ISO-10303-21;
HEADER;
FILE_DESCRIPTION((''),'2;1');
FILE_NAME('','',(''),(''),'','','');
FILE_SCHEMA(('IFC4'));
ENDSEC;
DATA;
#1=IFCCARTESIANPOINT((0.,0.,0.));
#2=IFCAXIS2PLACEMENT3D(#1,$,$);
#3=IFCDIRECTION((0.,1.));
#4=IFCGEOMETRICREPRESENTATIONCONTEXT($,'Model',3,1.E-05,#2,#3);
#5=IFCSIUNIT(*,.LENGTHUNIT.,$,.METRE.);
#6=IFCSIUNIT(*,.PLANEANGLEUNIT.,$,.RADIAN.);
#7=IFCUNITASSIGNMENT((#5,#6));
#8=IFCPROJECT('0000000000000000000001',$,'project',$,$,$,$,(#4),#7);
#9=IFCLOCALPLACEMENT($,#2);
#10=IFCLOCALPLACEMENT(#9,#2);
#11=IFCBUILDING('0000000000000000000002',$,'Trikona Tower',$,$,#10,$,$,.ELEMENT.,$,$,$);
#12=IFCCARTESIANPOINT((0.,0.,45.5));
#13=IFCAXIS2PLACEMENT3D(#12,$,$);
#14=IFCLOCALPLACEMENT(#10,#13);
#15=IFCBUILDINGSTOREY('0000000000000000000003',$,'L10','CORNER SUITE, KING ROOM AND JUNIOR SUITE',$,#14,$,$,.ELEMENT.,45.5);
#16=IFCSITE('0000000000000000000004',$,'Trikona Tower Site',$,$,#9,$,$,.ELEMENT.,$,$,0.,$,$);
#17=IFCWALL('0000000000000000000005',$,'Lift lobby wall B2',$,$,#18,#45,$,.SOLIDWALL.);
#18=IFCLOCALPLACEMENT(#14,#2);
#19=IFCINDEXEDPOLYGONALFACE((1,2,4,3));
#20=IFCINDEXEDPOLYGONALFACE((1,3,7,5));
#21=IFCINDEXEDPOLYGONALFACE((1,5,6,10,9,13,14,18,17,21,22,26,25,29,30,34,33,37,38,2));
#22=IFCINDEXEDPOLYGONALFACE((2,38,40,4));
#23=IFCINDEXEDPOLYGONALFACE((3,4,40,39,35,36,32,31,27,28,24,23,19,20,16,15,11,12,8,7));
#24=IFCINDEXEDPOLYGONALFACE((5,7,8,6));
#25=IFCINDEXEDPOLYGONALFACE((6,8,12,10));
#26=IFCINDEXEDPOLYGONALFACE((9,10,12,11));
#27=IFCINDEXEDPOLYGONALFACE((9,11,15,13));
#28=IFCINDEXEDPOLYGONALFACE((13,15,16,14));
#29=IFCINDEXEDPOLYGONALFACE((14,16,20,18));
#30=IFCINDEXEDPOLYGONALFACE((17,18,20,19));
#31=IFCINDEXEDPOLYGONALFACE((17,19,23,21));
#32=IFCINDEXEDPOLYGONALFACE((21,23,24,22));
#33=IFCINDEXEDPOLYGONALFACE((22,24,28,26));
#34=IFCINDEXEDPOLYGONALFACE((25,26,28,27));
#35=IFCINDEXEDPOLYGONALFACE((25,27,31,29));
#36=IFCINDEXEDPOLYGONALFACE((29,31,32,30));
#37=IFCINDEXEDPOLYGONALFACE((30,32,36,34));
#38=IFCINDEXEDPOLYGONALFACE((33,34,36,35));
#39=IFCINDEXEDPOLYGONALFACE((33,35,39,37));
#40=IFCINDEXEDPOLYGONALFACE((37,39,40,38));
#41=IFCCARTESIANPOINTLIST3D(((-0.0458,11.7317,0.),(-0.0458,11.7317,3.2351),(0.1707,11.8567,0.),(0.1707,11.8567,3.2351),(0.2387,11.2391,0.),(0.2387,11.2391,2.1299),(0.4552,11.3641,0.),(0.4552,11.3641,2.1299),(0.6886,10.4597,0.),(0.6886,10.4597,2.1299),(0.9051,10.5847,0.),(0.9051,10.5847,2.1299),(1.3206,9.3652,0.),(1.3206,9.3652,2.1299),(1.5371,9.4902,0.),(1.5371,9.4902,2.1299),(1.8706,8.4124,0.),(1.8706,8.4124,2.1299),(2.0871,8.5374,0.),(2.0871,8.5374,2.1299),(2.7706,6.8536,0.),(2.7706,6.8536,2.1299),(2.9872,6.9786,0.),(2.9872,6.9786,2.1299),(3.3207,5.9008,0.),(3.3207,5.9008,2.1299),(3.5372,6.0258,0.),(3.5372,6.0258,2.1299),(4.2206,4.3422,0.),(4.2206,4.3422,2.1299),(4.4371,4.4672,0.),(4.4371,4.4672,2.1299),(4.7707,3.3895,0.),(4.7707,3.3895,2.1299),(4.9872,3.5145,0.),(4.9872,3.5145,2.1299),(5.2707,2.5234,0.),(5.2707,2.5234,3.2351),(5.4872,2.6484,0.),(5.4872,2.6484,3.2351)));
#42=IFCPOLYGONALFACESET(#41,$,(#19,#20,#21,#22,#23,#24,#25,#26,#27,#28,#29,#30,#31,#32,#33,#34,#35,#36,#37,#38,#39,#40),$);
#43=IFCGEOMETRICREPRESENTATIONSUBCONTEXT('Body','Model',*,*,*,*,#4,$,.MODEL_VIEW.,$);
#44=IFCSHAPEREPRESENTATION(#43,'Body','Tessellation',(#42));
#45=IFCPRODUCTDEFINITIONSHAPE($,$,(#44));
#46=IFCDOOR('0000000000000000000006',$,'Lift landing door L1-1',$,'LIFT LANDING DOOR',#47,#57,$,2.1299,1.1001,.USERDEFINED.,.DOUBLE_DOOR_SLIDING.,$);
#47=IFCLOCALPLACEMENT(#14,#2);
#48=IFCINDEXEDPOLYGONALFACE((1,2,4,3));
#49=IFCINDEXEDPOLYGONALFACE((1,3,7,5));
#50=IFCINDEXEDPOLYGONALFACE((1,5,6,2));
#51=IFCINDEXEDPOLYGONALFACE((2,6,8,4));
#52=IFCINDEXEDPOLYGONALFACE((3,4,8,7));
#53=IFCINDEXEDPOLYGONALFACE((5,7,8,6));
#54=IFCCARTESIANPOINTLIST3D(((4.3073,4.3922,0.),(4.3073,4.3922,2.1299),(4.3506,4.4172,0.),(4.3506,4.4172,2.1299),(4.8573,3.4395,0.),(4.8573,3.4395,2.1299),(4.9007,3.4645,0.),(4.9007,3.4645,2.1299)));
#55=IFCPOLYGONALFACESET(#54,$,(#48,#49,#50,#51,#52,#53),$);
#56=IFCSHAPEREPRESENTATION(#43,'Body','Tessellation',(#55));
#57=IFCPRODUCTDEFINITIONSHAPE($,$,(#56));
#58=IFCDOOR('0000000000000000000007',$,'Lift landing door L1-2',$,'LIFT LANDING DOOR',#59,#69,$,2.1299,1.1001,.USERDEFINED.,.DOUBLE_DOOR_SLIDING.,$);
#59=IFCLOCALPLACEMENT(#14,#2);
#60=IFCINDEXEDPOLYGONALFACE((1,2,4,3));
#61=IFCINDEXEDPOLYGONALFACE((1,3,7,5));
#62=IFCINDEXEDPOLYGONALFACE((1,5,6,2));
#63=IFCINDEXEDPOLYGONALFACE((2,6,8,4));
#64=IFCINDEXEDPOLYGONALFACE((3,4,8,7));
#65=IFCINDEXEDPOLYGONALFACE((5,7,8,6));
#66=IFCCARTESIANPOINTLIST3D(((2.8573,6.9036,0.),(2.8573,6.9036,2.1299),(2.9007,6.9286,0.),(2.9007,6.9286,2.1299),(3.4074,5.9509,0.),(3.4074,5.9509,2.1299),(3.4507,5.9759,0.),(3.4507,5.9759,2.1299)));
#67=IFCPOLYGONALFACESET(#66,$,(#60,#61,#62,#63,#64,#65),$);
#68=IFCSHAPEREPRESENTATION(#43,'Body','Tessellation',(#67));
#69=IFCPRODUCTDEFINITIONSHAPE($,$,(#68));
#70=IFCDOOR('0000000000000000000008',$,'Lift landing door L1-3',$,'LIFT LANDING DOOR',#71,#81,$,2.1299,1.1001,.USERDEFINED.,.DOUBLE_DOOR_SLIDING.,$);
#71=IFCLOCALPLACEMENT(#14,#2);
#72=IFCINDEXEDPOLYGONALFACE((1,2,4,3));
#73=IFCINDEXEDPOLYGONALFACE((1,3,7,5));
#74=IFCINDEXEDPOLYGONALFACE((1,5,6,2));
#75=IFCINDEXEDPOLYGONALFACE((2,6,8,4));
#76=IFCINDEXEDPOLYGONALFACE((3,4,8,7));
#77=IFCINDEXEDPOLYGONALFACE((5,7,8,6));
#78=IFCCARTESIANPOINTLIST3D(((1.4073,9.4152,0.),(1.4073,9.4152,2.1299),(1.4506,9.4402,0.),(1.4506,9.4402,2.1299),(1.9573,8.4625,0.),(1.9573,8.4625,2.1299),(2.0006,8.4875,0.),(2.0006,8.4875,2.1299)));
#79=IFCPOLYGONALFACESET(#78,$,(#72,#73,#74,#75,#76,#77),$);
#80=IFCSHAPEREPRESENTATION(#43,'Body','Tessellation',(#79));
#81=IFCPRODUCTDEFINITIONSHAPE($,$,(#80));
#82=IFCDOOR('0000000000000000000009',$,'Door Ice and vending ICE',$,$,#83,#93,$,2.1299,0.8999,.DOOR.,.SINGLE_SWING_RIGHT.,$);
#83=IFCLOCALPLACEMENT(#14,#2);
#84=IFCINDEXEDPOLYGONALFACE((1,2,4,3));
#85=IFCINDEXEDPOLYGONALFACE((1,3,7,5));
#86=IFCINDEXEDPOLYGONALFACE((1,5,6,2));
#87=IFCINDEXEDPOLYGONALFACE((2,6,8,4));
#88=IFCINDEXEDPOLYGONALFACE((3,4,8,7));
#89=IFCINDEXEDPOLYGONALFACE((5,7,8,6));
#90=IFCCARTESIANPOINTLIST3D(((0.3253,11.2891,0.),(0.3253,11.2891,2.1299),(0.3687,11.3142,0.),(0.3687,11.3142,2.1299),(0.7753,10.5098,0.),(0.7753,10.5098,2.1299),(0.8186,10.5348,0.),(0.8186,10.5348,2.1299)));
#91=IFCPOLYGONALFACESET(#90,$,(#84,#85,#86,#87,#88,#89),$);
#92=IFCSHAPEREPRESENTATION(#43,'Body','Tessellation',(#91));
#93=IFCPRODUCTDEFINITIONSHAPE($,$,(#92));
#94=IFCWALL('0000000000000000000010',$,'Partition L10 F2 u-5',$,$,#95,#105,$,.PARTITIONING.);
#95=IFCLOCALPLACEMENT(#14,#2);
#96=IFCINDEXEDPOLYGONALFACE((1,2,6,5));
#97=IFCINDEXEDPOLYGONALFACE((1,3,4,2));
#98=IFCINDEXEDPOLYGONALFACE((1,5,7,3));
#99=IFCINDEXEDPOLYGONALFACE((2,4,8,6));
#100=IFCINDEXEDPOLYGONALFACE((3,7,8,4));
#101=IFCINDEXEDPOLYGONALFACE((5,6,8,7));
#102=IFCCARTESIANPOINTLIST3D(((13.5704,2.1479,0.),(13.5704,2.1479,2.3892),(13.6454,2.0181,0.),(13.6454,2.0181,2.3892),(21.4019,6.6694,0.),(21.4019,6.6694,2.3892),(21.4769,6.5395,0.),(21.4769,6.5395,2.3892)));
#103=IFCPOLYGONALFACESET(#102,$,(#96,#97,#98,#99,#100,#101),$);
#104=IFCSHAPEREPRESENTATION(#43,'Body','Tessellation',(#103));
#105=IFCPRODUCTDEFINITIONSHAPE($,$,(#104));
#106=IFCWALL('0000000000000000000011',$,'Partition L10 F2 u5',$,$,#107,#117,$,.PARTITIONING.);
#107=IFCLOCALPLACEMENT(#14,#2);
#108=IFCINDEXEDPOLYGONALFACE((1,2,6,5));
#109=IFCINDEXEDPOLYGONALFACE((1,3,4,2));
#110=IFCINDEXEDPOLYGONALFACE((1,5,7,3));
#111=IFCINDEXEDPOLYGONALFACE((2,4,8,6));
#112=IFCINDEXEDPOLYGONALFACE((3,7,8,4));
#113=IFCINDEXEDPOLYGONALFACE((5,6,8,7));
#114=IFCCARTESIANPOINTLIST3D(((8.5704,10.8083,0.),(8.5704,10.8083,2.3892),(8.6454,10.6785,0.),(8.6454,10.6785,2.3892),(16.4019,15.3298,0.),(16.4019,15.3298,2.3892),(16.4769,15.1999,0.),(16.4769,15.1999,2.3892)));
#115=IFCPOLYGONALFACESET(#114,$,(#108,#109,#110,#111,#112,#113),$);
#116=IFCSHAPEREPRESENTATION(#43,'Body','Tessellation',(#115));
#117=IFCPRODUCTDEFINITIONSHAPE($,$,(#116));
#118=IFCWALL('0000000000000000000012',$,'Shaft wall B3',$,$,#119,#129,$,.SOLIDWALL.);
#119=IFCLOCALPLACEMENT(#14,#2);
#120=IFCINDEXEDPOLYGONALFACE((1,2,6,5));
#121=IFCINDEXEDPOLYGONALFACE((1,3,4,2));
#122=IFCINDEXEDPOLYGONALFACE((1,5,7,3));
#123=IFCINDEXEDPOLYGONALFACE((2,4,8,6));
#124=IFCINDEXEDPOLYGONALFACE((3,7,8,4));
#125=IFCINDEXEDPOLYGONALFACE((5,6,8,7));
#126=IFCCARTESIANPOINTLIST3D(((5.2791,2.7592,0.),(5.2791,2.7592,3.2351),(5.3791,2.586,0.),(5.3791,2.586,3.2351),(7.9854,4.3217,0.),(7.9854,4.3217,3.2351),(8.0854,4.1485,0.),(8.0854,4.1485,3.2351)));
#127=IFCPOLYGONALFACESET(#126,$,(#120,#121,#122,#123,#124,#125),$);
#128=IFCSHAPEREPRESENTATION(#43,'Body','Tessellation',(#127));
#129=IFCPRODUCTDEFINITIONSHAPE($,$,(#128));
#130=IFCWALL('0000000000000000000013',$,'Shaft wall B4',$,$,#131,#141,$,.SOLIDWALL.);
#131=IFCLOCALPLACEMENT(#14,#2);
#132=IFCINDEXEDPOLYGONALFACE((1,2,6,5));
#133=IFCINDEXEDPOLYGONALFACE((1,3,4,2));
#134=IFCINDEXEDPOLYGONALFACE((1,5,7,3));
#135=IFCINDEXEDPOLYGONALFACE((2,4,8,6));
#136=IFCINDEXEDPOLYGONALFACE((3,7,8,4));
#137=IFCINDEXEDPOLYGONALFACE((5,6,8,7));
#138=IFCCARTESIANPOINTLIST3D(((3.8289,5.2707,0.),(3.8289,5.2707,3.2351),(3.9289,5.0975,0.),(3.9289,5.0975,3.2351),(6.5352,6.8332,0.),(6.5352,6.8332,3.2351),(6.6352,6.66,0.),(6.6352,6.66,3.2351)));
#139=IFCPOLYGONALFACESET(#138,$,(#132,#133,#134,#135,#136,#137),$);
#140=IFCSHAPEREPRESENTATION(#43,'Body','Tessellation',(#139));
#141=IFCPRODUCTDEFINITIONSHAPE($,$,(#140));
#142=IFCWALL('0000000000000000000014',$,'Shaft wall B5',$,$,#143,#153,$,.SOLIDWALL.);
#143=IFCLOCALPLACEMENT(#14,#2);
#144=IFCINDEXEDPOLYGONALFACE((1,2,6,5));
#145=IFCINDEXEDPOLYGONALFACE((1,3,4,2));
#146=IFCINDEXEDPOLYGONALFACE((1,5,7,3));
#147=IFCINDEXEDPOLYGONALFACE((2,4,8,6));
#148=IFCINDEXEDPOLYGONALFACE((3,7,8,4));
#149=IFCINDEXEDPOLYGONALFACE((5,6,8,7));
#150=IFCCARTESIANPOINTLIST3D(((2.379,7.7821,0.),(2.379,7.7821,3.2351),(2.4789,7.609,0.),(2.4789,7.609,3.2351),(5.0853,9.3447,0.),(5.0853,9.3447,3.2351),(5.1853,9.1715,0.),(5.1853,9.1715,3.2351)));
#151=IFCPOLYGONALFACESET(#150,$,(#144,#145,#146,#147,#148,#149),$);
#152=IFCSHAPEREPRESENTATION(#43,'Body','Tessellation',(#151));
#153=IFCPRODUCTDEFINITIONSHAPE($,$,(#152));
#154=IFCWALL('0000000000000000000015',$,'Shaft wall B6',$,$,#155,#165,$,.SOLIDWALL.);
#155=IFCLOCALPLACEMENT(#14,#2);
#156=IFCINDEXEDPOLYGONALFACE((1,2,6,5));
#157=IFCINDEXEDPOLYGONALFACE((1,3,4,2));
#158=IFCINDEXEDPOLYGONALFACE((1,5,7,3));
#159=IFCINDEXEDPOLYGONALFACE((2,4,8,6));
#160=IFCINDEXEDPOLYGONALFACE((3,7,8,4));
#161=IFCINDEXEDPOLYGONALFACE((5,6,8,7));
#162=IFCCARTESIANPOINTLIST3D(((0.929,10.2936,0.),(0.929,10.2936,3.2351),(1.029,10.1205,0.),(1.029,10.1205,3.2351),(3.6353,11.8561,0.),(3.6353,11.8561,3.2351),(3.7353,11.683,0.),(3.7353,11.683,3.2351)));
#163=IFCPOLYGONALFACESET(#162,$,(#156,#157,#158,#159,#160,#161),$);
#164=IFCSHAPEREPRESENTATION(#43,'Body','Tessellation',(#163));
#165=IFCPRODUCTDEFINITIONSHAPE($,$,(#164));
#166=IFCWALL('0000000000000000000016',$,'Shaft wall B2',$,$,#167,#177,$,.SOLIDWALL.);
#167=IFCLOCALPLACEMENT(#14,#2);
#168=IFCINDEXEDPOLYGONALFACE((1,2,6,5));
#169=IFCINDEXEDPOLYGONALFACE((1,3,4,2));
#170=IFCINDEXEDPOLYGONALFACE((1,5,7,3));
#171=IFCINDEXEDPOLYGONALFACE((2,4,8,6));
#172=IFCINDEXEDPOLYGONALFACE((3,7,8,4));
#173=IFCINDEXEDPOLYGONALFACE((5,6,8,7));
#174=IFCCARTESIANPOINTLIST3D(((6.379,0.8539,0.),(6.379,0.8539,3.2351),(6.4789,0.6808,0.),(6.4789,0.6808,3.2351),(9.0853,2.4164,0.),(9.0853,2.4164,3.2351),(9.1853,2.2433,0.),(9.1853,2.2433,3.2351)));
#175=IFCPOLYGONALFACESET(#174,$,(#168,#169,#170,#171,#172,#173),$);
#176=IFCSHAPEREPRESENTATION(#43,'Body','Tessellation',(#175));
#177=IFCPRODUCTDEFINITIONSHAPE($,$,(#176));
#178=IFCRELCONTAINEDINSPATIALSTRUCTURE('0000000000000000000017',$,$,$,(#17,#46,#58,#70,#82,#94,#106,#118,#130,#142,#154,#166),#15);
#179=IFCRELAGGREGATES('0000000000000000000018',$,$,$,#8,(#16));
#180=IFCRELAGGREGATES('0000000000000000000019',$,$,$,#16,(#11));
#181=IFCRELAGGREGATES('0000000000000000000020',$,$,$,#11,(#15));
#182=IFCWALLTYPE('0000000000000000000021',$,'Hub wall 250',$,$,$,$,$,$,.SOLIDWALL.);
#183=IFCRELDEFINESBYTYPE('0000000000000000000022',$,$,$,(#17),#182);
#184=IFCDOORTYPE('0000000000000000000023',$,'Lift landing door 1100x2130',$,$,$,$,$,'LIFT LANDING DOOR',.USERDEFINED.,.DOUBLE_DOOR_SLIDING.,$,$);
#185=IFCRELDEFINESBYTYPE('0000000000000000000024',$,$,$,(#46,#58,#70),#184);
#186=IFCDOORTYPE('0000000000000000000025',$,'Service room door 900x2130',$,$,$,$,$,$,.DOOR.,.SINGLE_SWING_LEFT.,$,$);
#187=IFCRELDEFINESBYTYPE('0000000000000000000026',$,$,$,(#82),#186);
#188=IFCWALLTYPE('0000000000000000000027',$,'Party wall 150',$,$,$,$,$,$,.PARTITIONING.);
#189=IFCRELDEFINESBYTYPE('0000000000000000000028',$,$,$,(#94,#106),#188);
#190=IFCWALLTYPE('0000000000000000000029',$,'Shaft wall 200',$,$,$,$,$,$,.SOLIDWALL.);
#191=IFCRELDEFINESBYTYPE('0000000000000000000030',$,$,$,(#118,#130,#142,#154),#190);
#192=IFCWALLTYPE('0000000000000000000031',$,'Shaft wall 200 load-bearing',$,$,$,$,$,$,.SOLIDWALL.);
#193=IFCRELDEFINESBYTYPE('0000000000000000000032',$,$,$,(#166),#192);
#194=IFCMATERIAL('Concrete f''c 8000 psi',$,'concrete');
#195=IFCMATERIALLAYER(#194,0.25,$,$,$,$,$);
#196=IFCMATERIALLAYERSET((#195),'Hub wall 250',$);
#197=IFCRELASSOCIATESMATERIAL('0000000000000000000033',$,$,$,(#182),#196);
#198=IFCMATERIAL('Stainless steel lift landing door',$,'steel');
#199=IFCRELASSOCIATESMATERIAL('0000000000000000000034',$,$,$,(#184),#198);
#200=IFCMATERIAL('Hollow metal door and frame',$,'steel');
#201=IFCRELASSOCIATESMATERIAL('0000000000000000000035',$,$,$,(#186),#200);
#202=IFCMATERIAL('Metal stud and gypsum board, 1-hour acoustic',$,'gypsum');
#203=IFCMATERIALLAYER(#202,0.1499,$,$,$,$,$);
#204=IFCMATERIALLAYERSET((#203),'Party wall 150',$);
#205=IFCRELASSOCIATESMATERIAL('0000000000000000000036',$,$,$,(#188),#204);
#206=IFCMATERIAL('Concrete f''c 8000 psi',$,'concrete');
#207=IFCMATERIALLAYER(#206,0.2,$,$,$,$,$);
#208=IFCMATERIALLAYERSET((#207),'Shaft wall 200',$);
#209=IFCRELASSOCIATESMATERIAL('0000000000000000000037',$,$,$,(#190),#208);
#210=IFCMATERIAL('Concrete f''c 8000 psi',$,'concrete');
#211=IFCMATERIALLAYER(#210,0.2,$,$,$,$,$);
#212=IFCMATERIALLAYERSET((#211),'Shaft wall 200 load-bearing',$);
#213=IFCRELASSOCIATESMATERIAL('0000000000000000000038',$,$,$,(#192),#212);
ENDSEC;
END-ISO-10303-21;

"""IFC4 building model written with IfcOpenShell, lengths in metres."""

from ifc_helpers import new_model, si_unit, direction, frame, frame_2d, origin, place, context, subcontext, project, spatial, rectangle, extrude, material, layer, layer_set, type_object, element, fill, save


model = new_model("IFC4")

# Units and contexts
model_context = context("Model", 3, precision=1e-05, world=origin(), true_north=direction((0.0, 1.0)))
body_context = subcontext(model_context, "Body", "Model", "MODEL_VIEW")
ifc_project = project(units=[si_unit("LENGTHUNIT", "METRE"), si_unit("PLANEANGLEUNIT", "RADIAN")], contexts=[model_context])

# Site, building, storey
site_placement = place(None, origin())
site = spatial("IfcSite", under=ifc_project, at=site_placement, Name="Trikona Tower Site", CompositionType="ELEMENT", RefElevation=0.0)
building_placement = place(site_placement, origin())
building = spatial("IfcBuilding", under=site, at=building_placement, Name="Trikona Tower", CompositionType="ELEMENT")
storey_placement = place(building_placement, frame((0.0, 0.0, 45.5)))
storey = spatial("IfcBuildingStorey", under=building, at=storey_placement, Name="L10", Description="CORNER SUITE, KING ROOM AND JUNIOR SUITE", CompositionType="ELEMENT", Elevation=45.5)

# Wall, openings, doors
ifc_material_1 = material(Name="Concrete f'c 8000 psi", Category="concrete")
ifc_layer_1 = layer(ifc_material_1, 0.25)
ifc_layer_set_1 = layer_set([ifc_layer_1], Name="Hub wall 250")
wall_type_1 = type_object("IfcWallType", Name="Hub wall 250", PredefinedType="SOLIDWALL", material=ifc_layer_set_1)
wall_1_placement = place(storey_placement, frame((5.3789, 2.5859, 0.0), z_axis=(0.0, 0.0, 1.0), x_axis=(-0.500001, 0.866025, 0.0)))
wall_1 = element("IfcWall", 1, at=wall_1_placement, inside=storey, type_object=wall_type_1, Name="Lift lobby wall B2", PredefinedType="SOLIDWALL", context=body_context, shape_type="SweptSolid", body=[
    extrude(rectangle(XDim=10.6328, YDim=0.25, at=frame_2d((5.3164, 0.0))), origin(), (0.0, 0.0, 1.0), 3.2351),
])
opening_1_placement = place(wall_1_placement, frame((9.1641, 0.0, 0.0)))
opening_1 = element("IfcOpeningElement", 2, at=opening_1_placement, cuts=wall_1, PredefinedType="OPENING", context=body_context, shape_type="SweptSolid", body=[
    extrude(rectangle(XDim=0.8999, YDim=2.1299, at=frame_2d((0.45, 1.0649))), frame((0.0, 0.135, 0.0), z_axis=(0.0, -1.0, 0.0), x_axis=(1.0, 0.0, 0.0)), (0.0, 0.0, 1.0), 0.27),
])
opening_2_placement = place(wall_1_placement, frame((1.0, 0.0, 0.0)))
opening_2 = element("IfcOpeningElement", 3, at=opening_2_placement, cuts=wall_1, PredefinedType="OPENING", context=body_context, shape_type="SweptSolid", body=[
    extrude(rectangle(XDim=1.1001, YDim=2.1299, at=frame_2d((0.55, 1.0649))), frame((0.0, 0.135, 0.0), z_axis=(0.0, -1.0, 0.0), x_axis=(1.0, 0.0, 0.0)), (0.0, 0.0, 1.0), 0.27),
])
opening_3_placement = place(wall_1_placement, frame((3.8999, 0.0, 0.0)))
opening_3 = element("IfcOpeningElement", 4, at=opening_3_placement, cuts=wall_1, PredefinedType="OPENING", context=body_context, shape_type="SweptSolid", body=[
    extrude(rectangle(XDim=1.1001, YDim=2.1299, at=frame_2d((0.55, 1.0649))), frame((0.0, 0.135, 0.0), z_axis=(0.0, -1.0, 0.0), x_axis=(1.0, 0.0, 0.0)), (0.0, 0.0, 1.0), 0.27),
])
opening_4_placement = place(wall_1_placement, frame((6.8, 0.0, 0.0)))
opening_4 = element("IfcOpeningElement", 5, at=opening_4_placement, cuts=wall_1, PredefinedType="OPENING", context=body_context, shape_type="SweptSolid", body=[
    extrude(rectangle(XDim=1.1001, YDim=2.1299, at=frame_2d((0.55, 1.0649))), frame((0.0, 0.135, 0.0), z_axis=(0.0, -1.0, 0.0), x_axis=(1.0, 0.0, 0.0)), (0.0, 0.0, 1.0), 0.27),
])
ifc_material_2 = material(Name="Stainless steel lift landing door", Category="steel")
door_type_1 = type_object("IfcDoorType", Name="Lift landing door 1100x2130", ElementType="LIFT LANDING DOOR", OperationType="DOUBLE_DOOR_SLIDING", PredefinedType="USERDEFINED", material=ifc_material_2)
door_1_placement = place(opening_2_placement, origin())
door_1 = element("IfcDoor", 6, at=door_1_placement, inside=storey, type_object=door_type_1, Name="Lift landing door L1-1", ObjectType="LIFT LANDING DOOR", OperationType="DOUBLE_DOOR_SLIDING", OverallHeight=2.1299, OverallWidth=1.1001, PredefinedType="USERDEFINED", context=body_context, shape_type="SweptSolid", body=[
    extrude(rectangle(XDim=1.1001, YDim=2.1299, at=frame_2d((0.55, 1.0649))), frame((0.0, 0.0249, 0.0), z_axis=(0.0, -1.0, 0.0), x_axis=(1.0, 0.0, 0.0)), (0.0, 0.0, 1.0), 0.05),
])
fill(opening_2, door_1)
door_2_placement = place(opening_3_placement, origin())
door_2 = element("IfcDoor", 7, at=door_2_placement, inside=storey, type_object=door_type_1, Name="Lift landing door L1-2", ObjectType="LIFT LANDING DOOR", OperationType="DOUBLE_DOOR_SLIDING", OverallHeight=2.1299, OverallWidth=1.1001, PredefinedType="USERDEFINED", context=body_context, shape_type="SweptSolid", body=[
    extrude(rectangle(XDim=1.1001, YDim=2.1299, at=frame_2d((0.55, 1.0649))), frame((0.0, 0.0249, 0.0), z_axis=(0.0, -1.0, 0.0), x_axis=(1.0, 0.0, 0.0)), (0.0, 0.0, 1.0), 0.05),
])
fill(opening_3, door_2)
door_3_placement = place(opening_4_placement, origin())
door_3 = element("IfcDoor", 8, at=door_3_placement, inside=storey, type_object=door_type_1, Name="Lift landing door L1-3", ObjectType="LIFT LANDING DOOR", OperationType="DOUBLE_DOOR_SLIDING", OverallHeight=2.1299, OverallWidth=1.1001, PredefinedType="USERDEFINED", context=body_context, shape_type="SweptSolid", body=[
    extrude(rectangle(XDim=1.1001, YDim=2.1299, at=frame_2d((0.55, 1.0649))), frame((0.0, 0.0249, 0.0), z_axis=(0.0, -1.0, 0.0), x_axis=(1.0, 0.0, 0.0)), (0.0, 0.0, 1.0), 0.05),
])
fill(opening_4, door_3)
ifc_material_3 = material(Name="Hollow metal door and frame", Category="steel")
door_type_2 = type_object("IfcDoorType", Name="Service room door 900x2130", OperationType="SINGLE_SWING_LEFT", PredefinedType="DOOR", material=ifc_material_3)
door_4_placement = place(opening_1_placement, origin())
door_4 = element("IfcDoor", 9, at=door_4_placement, inside=storey, type_object=door_type_2, Name="Door Ice and vending ICE", OperationType="SINGLE_SWING_RIGHT", OverallHeight=2.1299, OverallWidth=0.8999, PredefinedType="DOOR", context=body_context, shape_type="SweptSolid", body=[
    extrude(rectangle(XDim=0.8999, YDim=2.1299, at=frame_2d((0.45, 1.0649))), frame((0.0, 0.0249, 0.0), z_axis=(0.0, -1.0, 0.0), x_axis=(1.0, 0.0, 0.0)), (0.0, 0.0, 1.0), 0.05),
])
fill(opening_1, door_4)

# Walls
ifc_material_4 = material(Name="Metal stud and gypsum board, 1-hour acoustic", Category="gypsum")
ifc_layer_2 = layer(ifc_material_4, 0.1499)
ifc_layer_set_2 = layer_set([ifc_layer_2], Name="Party wall 150")
wall_type_2 = type_object("IfcWallType", Name="Party wall 150", PredefinedType="PARTITIONING", material=ifc_layer_set_2)
for number, where, z_axis, x_axis, name in (
    (10, (13.6079, 2.083, 0.0), (0.0, 0.0, 1.0), (0.866028, 0.499995, 0.0), "Partition L10 F2 u-5"),
    (11, (8.6079, 10.7434, 0.0), (0.0, 0.0, 1.0), (0.866028, 0.499995, 0.0), "Partition L10 F2 u5"),
):
    element("IfcWall", number, at=place(storey_placement, frame(where, z_axis=z_axis, x_axis=x_axis)), inside=storey, type_object=wall_type_2, Name=name, PredefinedType="PARTITIONING", context=body_context, shape_type="SweptSolid", body=[
        extrude(rectangle(XDim=9.043, YDim=0.1499, at=frame_2d((4.5215, 0.0))), origin(), (0.0, 0.0, 1.0), 2.3892),
    ])
ifc_material_5 = material(Name="Concrete f'c 8000 psi", Category="concrete")
ifc_layer_3 = layer(ifc_material_5, 0.2)
ifc_layer_set_3 = layer_set([ifc_layer_3], Name="Shaft wall 200")
wall_type_3 = type_object("IfcWallType", Name="Shaft wall 200", PredefinedType="SOLIDWALL", material=ifc_layer_set_3)
for number, where, z_axis, x_axis, name in (
    (12, (5.3291, 2.6726, 0.0), (0.0, 0.0, 1.0), (0.866023, 0.500004, 0.0), "Shaft wall B3"),
    (13, (3.8789, 5.1841, 0.0), (0.0, 0.0, 1.0), (0.866023, 0.500004, 0.0), "Shaft wall B4"),
    (14, (2.429, 7.6956, 0.0), (0.0, 0.0, 1.0), (0.866023, 0.500004, 0.0), "Shaft wall B5"),
    (15, (0.979, 10.207, 0.0), (0.0, 0.0, 1.0), (0.866023, 0.500004, 0.0), "Shaft wall B6"),
):
    element("IfcWall", number, at=place(storey_placement, frame(where, z_axis=z_axis, x_axis=x_axis)), inside=storey, type_object=wall_type_3, Name=name, PredefinedType="SOLIDWALL", context=body_context, shape_type="SweptSolid", body=[
        extrude(rectangle(XDim=3.125, YDim=0.2, at=frame_2d((1.5625, 0.0))), origin(), (0.0, 0.0, 1.0), 3.2351),
    ])
ifc_material_6 = material(Name="Concrete f'c 8000 psi", Category="concrete")
ifc_layer_4 = layer(ifc_material_6, 0.2)
ifc_layer_set_4 = layer_set([ifc_layer_4], Name="Shaft wall 200 load-bearing")
wall_type_4 = type_object("IfcWallType", Name="Shaft wall 200 load-bearing", PredefinedType="SOLIDWALL", material=ifc_layer_set_4)
wall_2_placement = place(storey_placement, frame((6.429, 0.7673, 0.0), z_axis=(0.0, 0.0, 1.0), x_axis=(0.866023, 0.500004, 0.0)))
element("IfcWall", 16, at=wall_2_placement, inside=storey, type_object=wall_type_4, Name="Shaft wall B2", PredefinedType="SOLIDWALL", context=body_context, shape_type="SweptSolid", body=[
    extrude(rectangle(XDim=3.125, YDim=0.2, at=frame_2d((1.5625, 0.0))), origin(), (0.0, 0.0, 1.0), 3.2351),
])

save(model, "model.ifc")
